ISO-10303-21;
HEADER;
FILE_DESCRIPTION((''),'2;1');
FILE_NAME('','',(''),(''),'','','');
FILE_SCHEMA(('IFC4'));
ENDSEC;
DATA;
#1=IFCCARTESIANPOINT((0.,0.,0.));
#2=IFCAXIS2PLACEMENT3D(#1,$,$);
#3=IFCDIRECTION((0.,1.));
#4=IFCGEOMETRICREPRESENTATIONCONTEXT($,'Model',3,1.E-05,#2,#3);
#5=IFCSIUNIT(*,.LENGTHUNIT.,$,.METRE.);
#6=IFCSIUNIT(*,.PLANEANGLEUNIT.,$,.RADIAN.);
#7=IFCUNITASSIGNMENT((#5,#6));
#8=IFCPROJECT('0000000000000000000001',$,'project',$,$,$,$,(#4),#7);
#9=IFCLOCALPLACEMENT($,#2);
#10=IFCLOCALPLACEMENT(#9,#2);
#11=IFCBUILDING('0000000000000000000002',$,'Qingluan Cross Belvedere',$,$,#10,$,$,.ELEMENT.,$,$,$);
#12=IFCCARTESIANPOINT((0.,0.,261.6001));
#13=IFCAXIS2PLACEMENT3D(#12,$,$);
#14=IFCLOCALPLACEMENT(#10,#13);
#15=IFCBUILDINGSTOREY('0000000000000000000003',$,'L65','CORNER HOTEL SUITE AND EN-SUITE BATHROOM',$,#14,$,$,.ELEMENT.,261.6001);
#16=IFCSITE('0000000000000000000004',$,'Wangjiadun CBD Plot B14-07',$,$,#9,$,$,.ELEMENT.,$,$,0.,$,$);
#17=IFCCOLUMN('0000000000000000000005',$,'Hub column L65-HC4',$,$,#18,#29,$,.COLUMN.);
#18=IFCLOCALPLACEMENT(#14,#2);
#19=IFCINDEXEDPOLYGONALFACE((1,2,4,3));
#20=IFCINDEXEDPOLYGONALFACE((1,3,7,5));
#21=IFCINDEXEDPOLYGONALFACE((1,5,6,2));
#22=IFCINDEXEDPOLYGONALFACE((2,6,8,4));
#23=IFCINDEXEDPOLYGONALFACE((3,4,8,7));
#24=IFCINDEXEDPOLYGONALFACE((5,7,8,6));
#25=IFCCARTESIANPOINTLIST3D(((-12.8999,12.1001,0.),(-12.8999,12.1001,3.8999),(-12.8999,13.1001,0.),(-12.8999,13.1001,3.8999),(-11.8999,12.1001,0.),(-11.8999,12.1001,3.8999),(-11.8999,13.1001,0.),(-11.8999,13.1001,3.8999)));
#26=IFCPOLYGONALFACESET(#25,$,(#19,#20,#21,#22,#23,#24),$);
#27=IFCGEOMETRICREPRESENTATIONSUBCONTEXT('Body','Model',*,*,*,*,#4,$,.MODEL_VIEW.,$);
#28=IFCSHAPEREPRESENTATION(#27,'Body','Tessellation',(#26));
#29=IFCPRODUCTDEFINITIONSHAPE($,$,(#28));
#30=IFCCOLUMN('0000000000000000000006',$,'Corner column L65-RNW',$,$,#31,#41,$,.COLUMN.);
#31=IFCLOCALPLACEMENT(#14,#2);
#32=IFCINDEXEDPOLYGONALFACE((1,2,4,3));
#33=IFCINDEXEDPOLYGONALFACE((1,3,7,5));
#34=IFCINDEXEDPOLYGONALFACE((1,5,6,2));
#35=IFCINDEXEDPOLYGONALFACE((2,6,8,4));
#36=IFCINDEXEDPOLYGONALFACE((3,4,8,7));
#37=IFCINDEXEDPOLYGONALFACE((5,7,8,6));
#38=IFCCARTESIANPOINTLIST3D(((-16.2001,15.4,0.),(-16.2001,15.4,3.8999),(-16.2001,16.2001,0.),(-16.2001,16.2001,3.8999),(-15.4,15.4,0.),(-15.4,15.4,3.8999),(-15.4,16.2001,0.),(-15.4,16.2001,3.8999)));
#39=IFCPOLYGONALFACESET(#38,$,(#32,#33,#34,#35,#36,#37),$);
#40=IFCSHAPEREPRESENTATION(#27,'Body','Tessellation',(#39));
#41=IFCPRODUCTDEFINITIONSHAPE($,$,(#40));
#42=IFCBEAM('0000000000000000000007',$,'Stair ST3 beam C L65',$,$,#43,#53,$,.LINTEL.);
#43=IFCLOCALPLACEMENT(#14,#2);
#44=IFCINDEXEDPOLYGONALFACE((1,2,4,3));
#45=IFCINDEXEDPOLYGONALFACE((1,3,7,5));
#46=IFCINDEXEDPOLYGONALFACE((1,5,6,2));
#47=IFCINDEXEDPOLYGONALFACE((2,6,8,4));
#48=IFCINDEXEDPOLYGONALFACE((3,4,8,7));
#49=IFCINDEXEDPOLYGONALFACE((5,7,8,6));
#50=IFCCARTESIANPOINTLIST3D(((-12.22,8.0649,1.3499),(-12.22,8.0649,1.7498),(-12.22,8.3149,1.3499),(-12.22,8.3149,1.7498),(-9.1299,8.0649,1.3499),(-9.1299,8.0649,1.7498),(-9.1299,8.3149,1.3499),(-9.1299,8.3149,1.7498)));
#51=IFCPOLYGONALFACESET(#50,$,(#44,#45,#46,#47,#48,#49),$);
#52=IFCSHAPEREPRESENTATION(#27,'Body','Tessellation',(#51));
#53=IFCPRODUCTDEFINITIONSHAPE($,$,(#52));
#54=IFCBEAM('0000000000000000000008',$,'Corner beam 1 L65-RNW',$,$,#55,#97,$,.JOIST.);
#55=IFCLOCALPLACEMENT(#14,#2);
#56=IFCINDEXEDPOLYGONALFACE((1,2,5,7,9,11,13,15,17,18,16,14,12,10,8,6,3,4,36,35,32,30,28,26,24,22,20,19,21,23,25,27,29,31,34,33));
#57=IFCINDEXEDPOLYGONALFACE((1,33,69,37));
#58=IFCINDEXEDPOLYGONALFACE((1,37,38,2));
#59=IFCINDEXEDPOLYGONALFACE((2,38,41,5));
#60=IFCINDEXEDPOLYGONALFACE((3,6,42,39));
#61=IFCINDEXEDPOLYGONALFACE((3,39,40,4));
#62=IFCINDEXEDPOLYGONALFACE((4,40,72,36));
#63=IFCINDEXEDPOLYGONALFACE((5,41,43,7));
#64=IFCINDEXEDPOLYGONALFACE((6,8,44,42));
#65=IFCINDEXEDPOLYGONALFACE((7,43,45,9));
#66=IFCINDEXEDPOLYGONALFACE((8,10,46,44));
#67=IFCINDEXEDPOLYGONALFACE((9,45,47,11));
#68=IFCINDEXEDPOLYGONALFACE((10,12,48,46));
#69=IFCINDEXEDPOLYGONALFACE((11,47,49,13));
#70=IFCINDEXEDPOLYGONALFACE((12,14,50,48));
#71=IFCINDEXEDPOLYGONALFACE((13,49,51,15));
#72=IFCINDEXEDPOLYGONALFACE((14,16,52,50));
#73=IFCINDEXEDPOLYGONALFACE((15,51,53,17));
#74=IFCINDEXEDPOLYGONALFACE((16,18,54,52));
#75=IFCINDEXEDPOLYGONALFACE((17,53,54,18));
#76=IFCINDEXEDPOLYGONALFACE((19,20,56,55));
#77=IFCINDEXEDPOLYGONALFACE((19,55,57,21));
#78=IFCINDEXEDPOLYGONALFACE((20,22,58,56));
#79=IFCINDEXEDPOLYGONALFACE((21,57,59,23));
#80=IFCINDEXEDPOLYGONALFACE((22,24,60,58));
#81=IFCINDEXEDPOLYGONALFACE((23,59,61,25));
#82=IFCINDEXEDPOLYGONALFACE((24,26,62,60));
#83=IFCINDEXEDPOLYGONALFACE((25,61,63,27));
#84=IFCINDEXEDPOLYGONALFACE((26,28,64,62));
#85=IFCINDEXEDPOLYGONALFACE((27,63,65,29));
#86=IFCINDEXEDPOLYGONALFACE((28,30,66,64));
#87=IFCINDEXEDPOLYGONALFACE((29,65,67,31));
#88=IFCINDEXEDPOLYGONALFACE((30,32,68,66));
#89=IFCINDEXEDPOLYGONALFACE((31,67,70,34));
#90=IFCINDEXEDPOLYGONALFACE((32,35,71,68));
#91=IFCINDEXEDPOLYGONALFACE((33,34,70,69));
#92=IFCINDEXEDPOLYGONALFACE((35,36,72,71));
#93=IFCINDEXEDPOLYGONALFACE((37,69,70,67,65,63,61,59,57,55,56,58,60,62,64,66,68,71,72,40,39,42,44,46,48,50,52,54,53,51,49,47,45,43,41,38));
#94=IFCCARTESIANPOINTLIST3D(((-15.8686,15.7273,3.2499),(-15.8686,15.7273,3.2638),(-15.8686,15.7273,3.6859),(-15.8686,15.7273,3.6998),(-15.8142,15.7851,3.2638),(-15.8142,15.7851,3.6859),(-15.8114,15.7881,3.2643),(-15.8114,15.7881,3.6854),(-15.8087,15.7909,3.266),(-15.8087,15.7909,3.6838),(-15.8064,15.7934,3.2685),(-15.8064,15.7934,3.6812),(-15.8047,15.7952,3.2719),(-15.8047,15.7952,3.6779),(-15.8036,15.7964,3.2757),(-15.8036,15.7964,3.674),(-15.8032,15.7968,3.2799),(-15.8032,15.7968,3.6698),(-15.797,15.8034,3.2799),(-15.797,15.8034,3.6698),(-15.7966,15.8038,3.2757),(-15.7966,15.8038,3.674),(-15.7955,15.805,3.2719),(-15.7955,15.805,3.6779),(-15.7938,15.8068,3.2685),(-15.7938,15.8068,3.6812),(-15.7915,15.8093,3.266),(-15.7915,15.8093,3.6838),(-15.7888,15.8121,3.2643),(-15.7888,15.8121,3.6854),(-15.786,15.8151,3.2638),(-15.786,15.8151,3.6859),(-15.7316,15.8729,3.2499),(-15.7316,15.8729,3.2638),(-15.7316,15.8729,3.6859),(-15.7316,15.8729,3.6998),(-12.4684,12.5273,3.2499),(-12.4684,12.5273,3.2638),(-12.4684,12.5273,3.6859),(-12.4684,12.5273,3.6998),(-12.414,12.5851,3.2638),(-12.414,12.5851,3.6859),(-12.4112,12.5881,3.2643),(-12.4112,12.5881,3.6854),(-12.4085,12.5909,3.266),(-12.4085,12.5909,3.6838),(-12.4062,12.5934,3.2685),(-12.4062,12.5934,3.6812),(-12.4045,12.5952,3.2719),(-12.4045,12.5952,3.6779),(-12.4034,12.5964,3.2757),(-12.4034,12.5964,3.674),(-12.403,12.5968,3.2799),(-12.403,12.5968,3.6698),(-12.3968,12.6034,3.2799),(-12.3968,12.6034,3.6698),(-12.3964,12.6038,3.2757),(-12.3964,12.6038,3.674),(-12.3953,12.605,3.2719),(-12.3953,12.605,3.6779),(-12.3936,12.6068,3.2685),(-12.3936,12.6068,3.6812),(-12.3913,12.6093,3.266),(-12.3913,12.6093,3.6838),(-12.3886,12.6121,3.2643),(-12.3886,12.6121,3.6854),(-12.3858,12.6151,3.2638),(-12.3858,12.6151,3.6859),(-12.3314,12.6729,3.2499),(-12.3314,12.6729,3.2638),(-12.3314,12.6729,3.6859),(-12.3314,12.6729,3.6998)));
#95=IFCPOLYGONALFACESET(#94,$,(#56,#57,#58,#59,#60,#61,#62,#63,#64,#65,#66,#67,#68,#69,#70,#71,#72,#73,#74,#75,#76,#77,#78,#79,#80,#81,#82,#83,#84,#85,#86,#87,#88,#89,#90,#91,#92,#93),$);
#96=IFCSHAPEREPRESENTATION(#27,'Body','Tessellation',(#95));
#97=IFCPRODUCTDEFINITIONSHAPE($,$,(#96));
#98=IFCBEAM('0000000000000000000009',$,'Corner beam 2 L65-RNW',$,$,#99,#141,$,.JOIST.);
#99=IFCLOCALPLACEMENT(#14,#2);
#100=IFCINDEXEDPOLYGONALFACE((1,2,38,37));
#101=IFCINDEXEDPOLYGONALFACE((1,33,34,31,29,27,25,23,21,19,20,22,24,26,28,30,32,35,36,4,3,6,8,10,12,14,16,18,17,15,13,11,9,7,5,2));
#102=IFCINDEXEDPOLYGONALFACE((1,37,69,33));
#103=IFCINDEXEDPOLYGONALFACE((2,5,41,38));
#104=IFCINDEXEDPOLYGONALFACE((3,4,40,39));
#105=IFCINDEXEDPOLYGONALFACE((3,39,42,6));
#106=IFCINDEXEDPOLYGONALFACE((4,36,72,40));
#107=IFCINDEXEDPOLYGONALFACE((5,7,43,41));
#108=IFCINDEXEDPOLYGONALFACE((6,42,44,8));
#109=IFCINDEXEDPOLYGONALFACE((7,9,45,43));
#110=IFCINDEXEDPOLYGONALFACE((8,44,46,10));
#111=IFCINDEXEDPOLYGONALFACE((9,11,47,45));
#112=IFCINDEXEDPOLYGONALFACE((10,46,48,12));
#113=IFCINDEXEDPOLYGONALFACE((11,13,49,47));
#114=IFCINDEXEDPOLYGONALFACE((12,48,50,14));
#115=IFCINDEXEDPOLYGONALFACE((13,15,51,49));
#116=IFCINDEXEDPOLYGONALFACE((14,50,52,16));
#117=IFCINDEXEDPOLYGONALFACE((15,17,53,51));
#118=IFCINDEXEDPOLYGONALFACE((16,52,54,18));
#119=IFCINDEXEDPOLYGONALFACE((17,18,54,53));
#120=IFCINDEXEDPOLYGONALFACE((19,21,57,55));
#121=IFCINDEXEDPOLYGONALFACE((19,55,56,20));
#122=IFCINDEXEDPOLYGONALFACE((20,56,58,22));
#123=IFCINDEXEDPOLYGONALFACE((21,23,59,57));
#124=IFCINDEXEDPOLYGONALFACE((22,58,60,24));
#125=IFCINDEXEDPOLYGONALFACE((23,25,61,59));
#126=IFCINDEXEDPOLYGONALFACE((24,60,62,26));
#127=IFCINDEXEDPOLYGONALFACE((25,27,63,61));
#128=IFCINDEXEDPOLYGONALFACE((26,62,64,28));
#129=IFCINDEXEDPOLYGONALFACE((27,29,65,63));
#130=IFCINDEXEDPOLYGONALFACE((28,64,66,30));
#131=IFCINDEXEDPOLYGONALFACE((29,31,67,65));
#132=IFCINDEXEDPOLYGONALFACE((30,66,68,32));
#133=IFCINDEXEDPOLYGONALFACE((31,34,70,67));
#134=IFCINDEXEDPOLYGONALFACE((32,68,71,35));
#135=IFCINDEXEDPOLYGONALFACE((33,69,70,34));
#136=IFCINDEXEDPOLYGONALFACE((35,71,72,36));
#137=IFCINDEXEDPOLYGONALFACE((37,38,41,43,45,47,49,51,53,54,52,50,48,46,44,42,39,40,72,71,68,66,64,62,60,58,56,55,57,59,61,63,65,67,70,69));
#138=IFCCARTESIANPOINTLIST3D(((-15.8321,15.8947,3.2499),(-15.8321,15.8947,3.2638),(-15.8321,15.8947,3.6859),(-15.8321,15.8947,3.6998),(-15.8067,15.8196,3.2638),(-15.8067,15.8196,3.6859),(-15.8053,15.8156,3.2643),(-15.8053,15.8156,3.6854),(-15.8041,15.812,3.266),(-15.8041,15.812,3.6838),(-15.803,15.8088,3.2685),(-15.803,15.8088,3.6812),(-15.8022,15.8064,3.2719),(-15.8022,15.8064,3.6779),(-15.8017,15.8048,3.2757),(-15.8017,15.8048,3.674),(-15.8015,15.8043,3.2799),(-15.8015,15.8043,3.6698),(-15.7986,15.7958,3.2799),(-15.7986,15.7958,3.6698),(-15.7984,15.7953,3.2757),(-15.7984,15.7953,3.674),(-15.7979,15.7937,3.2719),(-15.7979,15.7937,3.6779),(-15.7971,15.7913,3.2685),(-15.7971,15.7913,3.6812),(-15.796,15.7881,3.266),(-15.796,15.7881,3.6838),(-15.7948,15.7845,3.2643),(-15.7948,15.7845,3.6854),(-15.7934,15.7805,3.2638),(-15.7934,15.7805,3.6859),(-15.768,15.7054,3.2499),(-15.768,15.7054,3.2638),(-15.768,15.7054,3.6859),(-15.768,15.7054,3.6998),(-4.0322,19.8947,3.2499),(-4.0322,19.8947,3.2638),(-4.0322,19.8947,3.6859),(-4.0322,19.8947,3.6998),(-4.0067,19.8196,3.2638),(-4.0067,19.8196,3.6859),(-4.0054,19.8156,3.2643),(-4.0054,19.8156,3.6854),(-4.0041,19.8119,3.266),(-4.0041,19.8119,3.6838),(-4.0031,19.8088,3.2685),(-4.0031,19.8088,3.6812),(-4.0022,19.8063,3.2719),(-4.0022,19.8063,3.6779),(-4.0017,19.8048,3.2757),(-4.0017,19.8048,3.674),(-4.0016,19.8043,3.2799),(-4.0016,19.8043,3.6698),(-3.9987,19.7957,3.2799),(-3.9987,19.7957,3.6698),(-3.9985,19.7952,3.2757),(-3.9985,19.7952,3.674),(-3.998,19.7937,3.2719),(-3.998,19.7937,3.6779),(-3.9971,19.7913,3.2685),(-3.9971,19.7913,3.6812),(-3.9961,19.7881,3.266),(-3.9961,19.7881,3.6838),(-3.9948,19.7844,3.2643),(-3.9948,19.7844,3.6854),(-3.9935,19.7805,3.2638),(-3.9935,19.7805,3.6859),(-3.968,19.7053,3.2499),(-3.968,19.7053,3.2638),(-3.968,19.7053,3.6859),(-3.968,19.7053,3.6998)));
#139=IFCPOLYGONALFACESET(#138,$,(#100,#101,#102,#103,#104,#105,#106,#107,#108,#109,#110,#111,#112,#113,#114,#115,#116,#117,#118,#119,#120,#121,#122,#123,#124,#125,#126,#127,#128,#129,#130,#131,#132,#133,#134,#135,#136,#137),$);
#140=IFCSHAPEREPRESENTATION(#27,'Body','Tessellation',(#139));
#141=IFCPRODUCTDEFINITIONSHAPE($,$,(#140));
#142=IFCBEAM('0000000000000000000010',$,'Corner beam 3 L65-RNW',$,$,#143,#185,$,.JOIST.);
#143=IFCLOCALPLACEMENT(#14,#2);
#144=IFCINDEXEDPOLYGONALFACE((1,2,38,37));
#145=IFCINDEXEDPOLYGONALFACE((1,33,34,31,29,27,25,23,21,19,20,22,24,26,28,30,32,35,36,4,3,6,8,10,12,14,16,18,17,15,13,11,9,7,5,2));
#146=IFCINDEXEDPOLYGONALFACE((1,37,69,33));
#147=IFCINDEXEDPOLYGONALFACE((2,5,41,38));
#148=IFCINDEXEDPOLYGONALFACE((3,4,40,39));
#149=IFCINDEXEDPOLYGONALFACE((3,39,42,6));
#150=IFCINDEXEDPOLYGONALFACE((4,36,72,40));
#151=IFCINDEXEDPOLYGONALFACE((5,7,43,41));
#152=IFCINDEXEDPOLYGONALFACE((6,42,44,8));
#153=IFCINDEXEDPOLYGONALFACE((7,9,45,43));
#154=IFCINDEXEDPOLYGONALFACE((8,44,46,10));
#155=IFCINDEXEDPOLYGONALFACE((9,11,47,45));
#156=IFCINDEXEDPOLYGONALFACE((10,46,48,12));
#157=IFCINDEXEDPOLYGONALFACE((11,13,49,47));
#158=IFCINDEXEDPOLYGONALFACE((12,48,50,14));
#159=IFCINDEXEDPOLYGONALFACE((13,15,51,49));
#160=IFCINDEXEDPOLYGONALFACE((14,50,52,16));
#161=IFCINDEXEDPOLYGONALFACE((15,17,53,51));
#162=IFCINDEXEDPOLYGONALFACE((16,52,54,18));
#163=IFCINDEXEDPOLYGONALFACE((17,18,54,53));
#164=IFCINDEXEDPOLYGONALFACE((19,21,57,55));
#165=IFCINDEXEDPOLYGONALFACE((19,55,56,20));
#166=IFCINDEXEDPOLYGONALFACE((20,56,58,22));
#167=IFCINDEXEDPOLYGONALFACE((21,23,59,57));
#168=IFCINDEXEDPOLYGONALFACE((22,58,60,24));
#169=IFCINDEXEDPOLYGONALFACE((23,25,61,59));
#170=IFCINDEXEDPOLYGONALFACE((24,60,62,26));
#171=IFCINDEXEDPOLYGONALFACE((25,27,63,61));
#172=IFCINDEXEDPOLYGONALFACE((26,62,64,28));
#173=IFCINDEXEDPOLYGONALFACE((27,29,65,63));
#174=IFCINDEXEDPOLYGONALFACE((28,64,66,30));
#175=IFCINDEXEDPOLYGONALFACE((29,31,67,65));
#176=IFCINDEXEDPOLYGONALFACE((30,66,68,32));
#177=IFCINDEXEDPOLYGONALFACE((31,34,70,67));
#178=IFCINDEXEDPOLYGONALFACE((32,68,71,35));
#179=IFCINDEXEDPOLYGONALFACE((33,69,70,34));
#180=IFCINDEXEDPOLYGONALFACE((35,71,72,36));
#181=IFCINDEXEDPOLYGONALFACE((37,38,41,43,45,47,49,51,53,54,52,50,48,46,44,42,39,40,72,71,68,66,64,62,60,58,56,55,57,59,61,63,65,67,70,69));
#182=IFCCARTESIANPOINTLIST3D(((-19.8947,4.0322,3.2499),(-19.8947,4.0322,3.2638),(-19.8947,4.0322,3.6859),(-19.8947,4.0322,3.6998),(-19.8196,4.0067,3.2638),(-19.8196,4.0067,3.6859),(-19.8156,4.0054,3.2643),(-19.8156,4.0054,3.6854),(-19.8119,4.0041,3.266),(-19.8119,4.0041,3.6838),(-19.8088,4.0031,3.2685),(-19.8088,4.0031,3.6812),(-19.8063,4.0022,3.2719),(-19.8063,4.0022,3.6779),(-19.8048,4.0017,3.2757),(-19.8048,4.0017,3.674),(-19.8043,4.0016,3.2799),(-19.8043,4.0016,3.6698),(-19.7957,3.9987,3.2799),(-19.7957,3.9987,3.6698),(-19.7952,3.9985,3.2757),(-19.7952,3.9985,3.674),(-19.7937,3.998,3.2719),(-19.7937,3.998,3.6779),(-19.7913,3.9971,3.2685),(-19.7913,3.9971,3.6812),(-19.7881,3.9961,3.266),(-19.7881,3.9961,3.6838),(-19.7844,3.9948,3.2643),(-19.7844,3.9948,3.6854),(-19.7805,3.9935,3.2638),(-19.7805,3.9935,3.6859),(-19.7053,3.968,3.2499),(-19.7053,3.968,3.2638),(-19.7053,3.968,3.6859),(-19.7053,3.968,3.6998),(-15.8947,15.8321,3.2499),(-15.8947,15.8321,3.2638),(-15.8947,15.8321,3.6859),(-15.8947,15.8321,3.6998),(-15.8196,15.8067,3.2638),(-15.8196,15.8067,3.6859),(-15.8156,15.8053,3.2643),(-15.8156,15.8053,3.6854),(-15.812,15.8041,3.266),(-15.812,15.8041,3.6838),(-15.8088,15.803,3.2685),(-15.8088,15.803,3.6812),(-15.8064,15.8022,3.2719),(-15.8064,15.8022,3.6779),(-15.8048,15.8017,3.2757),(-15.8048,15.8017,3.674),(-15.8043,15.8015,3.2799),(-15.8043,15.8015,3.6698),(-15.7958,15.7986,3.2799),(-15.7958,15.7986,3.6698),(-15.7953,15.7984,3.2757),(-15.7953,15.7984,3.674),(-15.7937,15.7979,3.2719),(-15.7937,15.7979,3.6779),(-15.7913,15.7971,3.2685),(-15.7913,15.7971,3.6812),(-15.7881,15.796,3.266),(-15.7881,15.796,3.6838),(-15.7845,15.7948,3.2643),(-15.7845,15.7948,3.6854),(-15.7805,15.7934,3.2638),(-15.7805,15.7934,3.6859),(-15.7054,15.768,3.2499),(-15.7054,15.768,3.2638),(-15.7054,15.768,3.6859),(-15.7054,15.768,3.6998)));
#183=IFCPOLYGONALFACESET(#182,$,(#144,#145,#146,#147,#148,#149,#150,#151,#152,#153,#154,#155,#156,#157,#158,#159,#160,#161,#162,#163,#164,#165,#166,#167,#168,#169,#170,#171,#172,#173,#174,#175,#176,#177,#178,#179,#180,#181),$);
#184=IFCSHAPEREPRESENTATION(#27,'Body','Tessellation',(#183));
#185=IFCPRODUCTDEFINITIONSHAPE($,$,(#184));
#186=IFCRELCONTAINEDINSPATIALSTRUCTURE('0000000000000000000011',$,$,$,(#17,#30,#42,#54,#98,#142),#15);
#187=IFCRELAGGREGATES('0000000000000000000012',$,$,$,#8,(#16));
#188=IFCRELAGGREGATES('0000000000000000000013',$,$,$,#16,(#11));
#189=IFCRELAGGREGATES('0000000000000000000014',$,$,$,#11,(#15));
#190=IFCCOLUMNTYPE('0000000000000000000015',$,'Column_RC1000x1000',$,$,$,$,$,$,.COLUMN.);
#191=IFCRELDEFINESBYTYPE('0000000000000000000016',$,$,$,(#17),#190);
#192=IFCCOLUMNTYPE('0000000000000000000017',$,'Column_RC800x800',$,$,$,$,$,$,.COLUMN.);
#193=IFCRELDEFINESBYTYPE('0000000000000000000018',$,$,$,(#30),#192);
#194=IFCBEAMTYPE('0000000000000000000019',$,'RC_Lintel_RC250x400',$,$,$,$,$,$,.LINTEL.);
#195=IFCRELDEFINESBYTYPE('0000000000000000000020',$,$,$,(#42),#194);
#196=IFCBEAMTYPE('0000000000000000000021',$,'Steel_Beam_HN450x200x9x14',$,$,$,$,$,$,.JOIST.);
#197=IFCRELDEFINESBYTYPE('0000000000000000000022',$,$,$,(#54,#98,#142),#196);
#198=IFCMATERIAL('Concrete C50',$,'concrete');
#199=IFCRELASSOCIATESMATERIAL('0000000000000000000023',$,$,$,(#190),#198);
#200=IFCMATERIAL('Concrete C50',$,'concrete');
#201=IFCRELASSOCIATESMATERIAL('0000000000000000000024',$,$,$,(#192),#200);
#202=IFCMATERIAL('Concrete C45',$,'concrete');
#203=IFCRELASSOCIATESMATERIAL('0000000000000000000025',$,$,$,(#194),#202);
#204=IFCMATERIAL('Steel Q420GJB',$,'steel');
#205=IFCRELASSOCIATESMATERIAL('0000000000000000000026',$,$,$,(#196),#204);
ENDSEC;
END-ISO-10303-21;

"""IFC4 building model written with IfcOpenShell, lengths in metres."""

from ifc_helpers import new_model, si_unit, direction, frame, origin, origin_2d, place, context, subcontext, project, spatial, rectangle, i_section, extrude, material, material_profile, profile_set, type_object, element, save


model = new_model("IFC4")

# Units and contexts
model_context = context("Model", 3, precision=1e-05, world=origin(), true_north=direction((0.0, 1.0)))
body_context = subcontext(model_context, "Body", "Model", "MODEL_VIEW")
ifc_project = project(units=[si_unit("LENGTHUNIT", "METRE"), si_unit("PLANEANGLEUNIT", "RADIAN")], contexts=[model_context])

# Site, building, storey
site_placement = place(None, origin())
site = spatial("IfcSite", under=ifc_project, at=site_placement, Name="Wangjiadun CBD Plot B14-07", CompositionType="ELEMENT", RefElevation=0.0)
building_placement = place(site_placement, origin())
building = spatial("IfcBuilding", under=site, at=building_placement, Name="Qingluan Cross Belvedere", CompositionType="ELEMENT")
storey_placement = place(building_placement, frame((0.0, 0.0, 261.6001)))
storey = spatial("IfcBuildingStorey", under=building, at=storey_placement, Name="L65", Description="CORNER HOTEL SUITE AND EN-SUITE BATHROOM", CompositionType="ELEMENT", Elevation=261.6001)

# Columns
ifc_material_1 = material(Name="Concrete C50", Category="concrete")
ifc_material_profile_1 = material_profile(ifc_material_1, rectangle(XDim=1.0, YDim=1.0, at=origin_2d()), Name="RC1000x1000")
ifc_profile_set_1 = profile_set([ifc_material_profile_1], Name="Concrete C50")
column_type_1 = type_object("IfcColumnType", Name="Column_RC1000x1000", PredefinedType="COLUMN", material=ifc_profile_set_1)
column_1_placement = place(storey_placement, frame((-12.3999, 12.6001, 0.0), z_axis=(0.0, 0.0, 1.0), x_axis=(1.0, 0.0, 0.0)))
element("IfcColumn", 1, at=column_1_placement, inside=storey, type_object=column_type_1, Name="Hub column L65-HC4", PredefinedType="COLUMN", context=body_context, shape_type="SweptSolid", body=[
    extrude(rectangle(XDim=1.0, YDim=1.0, at=origin_2d()), origin(), (0.0, 0.0, 1.0), 3.8999),
])
ifc_material_2 = material(Name="Concrete C50", Category="concrete")
ifc_material_profile_2 = material_profile(ifc_material_2, rectangle(XDim=0.8, YDim=0.8, at=origin_2d()), Name="RC800x800")
ifc_profile_set_2 = profile_set([ifc_material_profile_2], Name="Concrete C50")
column_type_2 = type_object("IfcColumnType", Name="Column_RC800x800", PredefinedType="COLUMN", material=ifc_profile_set_2)
column_2_placement = place(storey_placement, frame((-15.8, 15.8, 0.0), z_axis=(0.0, 0.0, 1.0), x_axis=(1.0, 0.0, 0.0)))
element("IfcColumn", 2, at=column_2_placement, inside=storey, type_object=column_type_2, Name="Corner column L65-RNW", PredefinedType="COLUMN", context=body_context, shape_type="SweptSolid", body=[
    extrude(rectangle(XDim=0.8, YDim=0.8, at=origin_2d()), origin(), (0.0, 0.0, 1.0), 3.8999),
])

# Beams
ifc_material_3 = material(Name="Concrete C45", Category="concrete")
ifc_material_profile_3 = material_profile(ifc_material_3, rectangle(XDim=0.25, YDim=0.3999, at=origin_2d()), Name="RC250x400")
ifc_profile_set_3 = profile_set([ifc_material_profile_3], Name="Concrete C45")
beam_type_1 = type_object("IfcBeamType", Name="RC_Lintel_RC250x400", PredefinedType="LINTEL", material=ifc_profile_set_3)
beam_1_placement = place(storey_placement, frame((-12.22, 8.1899, 1.5498), z_axis=(1.0, 0.0, 0.0), x_axis=(0.0, 1.0, 0.0)))
element("IfcBeam", 3, at=beam_1_placement, inside=storey, type_object=beam_type_1, Name="Stair ST3 beam C L65", PredefinedType="LINTEL", context=body_context, shape_type="SweptSolid", body=[
    extrude(rectangle(XDim=0.25, YDim=0.3999, at=origin_2d()), origin(), (0.0, 0.0, 1.0), 3.0901),
])
ifc_material_4 = material(Name="Steel Q420GJB", Category="steel")
ifc_material_profile_4 = material_profile(ifc_material_4, i_section(OverallWidth=0.2, OverallDepth=0.45, WebThickness=0.009, FlangeThickness=0.0139, FilletRadius=0.0161, at=origin_2d()), Name="HN450x200x9x14")
ifc_profile_set_4 = profile_set([ifc_material_profile_4], Name="Steel Q420GJB")
beam_type_2 = type_object("IfcBeamType", Name="Steel_Beam_HN450x200x9x14", PredefinedType="JOIST", material=ifc_profile_set_4)
beam_2_placement = place(storey_placement, frame((-12.3999, 12.6001, 3.4749), z_axis=(-0.72822, 0.685343, 0.0), x_axis=(-0.685343, -0.72822, 0.0)))
element("IfcBeam", 4, at=beam_2_placement, inside=storey, type_object=beam_type_2, Name="Corner beam 1 L65-RNW", PredefinedType="JOIST", context=body_context, shape_type="SweptSolid", body=[
    extrude(i_section(OverallWidth=0.2, OverallDepth=0.45, WebThickness=0.009, FlangeThickness=0.0139, FilletRadius=0.0161, at=origin_2d()), origin(), (0.0, 0.0, 1.0), 4.6692),
])
for number, where, z_axis, x_axis, name in (
    (5, (-15.8, 15.8, 3.4749), (0.947066, 0.321038, 0.0), (-0.321038, 0.947066, 0.0), "Corner beam 2 L65-RNW"),
    (6, (-15.8, 15.8, 3.4749), (-0.321038, -0.947066, 0.0), (0.947066, -0.321038, 0.0), "Corner beam 3 L65-RNW"),
):
    element("IfcBeam", number, at=place(storey_placement, frame(where, z_axis=z_axis, x_axis=x_axis)), inside=storey, type_object=beam_type_2, Name=name, PredefinedType="JOIST", context=body_context, shape_type="SweptSolid", body=[
        extrude(i_section(OverallWidth=0.2, OverallDepth=0.45, WebThickness=0.009, FlangeThickness=0.0139, FilletRadius=0.0161, at=origin_2d()), origin(), (0.0, 0.0, 1.0), 12.4595),
    ])

save(model, "model.ifc")
